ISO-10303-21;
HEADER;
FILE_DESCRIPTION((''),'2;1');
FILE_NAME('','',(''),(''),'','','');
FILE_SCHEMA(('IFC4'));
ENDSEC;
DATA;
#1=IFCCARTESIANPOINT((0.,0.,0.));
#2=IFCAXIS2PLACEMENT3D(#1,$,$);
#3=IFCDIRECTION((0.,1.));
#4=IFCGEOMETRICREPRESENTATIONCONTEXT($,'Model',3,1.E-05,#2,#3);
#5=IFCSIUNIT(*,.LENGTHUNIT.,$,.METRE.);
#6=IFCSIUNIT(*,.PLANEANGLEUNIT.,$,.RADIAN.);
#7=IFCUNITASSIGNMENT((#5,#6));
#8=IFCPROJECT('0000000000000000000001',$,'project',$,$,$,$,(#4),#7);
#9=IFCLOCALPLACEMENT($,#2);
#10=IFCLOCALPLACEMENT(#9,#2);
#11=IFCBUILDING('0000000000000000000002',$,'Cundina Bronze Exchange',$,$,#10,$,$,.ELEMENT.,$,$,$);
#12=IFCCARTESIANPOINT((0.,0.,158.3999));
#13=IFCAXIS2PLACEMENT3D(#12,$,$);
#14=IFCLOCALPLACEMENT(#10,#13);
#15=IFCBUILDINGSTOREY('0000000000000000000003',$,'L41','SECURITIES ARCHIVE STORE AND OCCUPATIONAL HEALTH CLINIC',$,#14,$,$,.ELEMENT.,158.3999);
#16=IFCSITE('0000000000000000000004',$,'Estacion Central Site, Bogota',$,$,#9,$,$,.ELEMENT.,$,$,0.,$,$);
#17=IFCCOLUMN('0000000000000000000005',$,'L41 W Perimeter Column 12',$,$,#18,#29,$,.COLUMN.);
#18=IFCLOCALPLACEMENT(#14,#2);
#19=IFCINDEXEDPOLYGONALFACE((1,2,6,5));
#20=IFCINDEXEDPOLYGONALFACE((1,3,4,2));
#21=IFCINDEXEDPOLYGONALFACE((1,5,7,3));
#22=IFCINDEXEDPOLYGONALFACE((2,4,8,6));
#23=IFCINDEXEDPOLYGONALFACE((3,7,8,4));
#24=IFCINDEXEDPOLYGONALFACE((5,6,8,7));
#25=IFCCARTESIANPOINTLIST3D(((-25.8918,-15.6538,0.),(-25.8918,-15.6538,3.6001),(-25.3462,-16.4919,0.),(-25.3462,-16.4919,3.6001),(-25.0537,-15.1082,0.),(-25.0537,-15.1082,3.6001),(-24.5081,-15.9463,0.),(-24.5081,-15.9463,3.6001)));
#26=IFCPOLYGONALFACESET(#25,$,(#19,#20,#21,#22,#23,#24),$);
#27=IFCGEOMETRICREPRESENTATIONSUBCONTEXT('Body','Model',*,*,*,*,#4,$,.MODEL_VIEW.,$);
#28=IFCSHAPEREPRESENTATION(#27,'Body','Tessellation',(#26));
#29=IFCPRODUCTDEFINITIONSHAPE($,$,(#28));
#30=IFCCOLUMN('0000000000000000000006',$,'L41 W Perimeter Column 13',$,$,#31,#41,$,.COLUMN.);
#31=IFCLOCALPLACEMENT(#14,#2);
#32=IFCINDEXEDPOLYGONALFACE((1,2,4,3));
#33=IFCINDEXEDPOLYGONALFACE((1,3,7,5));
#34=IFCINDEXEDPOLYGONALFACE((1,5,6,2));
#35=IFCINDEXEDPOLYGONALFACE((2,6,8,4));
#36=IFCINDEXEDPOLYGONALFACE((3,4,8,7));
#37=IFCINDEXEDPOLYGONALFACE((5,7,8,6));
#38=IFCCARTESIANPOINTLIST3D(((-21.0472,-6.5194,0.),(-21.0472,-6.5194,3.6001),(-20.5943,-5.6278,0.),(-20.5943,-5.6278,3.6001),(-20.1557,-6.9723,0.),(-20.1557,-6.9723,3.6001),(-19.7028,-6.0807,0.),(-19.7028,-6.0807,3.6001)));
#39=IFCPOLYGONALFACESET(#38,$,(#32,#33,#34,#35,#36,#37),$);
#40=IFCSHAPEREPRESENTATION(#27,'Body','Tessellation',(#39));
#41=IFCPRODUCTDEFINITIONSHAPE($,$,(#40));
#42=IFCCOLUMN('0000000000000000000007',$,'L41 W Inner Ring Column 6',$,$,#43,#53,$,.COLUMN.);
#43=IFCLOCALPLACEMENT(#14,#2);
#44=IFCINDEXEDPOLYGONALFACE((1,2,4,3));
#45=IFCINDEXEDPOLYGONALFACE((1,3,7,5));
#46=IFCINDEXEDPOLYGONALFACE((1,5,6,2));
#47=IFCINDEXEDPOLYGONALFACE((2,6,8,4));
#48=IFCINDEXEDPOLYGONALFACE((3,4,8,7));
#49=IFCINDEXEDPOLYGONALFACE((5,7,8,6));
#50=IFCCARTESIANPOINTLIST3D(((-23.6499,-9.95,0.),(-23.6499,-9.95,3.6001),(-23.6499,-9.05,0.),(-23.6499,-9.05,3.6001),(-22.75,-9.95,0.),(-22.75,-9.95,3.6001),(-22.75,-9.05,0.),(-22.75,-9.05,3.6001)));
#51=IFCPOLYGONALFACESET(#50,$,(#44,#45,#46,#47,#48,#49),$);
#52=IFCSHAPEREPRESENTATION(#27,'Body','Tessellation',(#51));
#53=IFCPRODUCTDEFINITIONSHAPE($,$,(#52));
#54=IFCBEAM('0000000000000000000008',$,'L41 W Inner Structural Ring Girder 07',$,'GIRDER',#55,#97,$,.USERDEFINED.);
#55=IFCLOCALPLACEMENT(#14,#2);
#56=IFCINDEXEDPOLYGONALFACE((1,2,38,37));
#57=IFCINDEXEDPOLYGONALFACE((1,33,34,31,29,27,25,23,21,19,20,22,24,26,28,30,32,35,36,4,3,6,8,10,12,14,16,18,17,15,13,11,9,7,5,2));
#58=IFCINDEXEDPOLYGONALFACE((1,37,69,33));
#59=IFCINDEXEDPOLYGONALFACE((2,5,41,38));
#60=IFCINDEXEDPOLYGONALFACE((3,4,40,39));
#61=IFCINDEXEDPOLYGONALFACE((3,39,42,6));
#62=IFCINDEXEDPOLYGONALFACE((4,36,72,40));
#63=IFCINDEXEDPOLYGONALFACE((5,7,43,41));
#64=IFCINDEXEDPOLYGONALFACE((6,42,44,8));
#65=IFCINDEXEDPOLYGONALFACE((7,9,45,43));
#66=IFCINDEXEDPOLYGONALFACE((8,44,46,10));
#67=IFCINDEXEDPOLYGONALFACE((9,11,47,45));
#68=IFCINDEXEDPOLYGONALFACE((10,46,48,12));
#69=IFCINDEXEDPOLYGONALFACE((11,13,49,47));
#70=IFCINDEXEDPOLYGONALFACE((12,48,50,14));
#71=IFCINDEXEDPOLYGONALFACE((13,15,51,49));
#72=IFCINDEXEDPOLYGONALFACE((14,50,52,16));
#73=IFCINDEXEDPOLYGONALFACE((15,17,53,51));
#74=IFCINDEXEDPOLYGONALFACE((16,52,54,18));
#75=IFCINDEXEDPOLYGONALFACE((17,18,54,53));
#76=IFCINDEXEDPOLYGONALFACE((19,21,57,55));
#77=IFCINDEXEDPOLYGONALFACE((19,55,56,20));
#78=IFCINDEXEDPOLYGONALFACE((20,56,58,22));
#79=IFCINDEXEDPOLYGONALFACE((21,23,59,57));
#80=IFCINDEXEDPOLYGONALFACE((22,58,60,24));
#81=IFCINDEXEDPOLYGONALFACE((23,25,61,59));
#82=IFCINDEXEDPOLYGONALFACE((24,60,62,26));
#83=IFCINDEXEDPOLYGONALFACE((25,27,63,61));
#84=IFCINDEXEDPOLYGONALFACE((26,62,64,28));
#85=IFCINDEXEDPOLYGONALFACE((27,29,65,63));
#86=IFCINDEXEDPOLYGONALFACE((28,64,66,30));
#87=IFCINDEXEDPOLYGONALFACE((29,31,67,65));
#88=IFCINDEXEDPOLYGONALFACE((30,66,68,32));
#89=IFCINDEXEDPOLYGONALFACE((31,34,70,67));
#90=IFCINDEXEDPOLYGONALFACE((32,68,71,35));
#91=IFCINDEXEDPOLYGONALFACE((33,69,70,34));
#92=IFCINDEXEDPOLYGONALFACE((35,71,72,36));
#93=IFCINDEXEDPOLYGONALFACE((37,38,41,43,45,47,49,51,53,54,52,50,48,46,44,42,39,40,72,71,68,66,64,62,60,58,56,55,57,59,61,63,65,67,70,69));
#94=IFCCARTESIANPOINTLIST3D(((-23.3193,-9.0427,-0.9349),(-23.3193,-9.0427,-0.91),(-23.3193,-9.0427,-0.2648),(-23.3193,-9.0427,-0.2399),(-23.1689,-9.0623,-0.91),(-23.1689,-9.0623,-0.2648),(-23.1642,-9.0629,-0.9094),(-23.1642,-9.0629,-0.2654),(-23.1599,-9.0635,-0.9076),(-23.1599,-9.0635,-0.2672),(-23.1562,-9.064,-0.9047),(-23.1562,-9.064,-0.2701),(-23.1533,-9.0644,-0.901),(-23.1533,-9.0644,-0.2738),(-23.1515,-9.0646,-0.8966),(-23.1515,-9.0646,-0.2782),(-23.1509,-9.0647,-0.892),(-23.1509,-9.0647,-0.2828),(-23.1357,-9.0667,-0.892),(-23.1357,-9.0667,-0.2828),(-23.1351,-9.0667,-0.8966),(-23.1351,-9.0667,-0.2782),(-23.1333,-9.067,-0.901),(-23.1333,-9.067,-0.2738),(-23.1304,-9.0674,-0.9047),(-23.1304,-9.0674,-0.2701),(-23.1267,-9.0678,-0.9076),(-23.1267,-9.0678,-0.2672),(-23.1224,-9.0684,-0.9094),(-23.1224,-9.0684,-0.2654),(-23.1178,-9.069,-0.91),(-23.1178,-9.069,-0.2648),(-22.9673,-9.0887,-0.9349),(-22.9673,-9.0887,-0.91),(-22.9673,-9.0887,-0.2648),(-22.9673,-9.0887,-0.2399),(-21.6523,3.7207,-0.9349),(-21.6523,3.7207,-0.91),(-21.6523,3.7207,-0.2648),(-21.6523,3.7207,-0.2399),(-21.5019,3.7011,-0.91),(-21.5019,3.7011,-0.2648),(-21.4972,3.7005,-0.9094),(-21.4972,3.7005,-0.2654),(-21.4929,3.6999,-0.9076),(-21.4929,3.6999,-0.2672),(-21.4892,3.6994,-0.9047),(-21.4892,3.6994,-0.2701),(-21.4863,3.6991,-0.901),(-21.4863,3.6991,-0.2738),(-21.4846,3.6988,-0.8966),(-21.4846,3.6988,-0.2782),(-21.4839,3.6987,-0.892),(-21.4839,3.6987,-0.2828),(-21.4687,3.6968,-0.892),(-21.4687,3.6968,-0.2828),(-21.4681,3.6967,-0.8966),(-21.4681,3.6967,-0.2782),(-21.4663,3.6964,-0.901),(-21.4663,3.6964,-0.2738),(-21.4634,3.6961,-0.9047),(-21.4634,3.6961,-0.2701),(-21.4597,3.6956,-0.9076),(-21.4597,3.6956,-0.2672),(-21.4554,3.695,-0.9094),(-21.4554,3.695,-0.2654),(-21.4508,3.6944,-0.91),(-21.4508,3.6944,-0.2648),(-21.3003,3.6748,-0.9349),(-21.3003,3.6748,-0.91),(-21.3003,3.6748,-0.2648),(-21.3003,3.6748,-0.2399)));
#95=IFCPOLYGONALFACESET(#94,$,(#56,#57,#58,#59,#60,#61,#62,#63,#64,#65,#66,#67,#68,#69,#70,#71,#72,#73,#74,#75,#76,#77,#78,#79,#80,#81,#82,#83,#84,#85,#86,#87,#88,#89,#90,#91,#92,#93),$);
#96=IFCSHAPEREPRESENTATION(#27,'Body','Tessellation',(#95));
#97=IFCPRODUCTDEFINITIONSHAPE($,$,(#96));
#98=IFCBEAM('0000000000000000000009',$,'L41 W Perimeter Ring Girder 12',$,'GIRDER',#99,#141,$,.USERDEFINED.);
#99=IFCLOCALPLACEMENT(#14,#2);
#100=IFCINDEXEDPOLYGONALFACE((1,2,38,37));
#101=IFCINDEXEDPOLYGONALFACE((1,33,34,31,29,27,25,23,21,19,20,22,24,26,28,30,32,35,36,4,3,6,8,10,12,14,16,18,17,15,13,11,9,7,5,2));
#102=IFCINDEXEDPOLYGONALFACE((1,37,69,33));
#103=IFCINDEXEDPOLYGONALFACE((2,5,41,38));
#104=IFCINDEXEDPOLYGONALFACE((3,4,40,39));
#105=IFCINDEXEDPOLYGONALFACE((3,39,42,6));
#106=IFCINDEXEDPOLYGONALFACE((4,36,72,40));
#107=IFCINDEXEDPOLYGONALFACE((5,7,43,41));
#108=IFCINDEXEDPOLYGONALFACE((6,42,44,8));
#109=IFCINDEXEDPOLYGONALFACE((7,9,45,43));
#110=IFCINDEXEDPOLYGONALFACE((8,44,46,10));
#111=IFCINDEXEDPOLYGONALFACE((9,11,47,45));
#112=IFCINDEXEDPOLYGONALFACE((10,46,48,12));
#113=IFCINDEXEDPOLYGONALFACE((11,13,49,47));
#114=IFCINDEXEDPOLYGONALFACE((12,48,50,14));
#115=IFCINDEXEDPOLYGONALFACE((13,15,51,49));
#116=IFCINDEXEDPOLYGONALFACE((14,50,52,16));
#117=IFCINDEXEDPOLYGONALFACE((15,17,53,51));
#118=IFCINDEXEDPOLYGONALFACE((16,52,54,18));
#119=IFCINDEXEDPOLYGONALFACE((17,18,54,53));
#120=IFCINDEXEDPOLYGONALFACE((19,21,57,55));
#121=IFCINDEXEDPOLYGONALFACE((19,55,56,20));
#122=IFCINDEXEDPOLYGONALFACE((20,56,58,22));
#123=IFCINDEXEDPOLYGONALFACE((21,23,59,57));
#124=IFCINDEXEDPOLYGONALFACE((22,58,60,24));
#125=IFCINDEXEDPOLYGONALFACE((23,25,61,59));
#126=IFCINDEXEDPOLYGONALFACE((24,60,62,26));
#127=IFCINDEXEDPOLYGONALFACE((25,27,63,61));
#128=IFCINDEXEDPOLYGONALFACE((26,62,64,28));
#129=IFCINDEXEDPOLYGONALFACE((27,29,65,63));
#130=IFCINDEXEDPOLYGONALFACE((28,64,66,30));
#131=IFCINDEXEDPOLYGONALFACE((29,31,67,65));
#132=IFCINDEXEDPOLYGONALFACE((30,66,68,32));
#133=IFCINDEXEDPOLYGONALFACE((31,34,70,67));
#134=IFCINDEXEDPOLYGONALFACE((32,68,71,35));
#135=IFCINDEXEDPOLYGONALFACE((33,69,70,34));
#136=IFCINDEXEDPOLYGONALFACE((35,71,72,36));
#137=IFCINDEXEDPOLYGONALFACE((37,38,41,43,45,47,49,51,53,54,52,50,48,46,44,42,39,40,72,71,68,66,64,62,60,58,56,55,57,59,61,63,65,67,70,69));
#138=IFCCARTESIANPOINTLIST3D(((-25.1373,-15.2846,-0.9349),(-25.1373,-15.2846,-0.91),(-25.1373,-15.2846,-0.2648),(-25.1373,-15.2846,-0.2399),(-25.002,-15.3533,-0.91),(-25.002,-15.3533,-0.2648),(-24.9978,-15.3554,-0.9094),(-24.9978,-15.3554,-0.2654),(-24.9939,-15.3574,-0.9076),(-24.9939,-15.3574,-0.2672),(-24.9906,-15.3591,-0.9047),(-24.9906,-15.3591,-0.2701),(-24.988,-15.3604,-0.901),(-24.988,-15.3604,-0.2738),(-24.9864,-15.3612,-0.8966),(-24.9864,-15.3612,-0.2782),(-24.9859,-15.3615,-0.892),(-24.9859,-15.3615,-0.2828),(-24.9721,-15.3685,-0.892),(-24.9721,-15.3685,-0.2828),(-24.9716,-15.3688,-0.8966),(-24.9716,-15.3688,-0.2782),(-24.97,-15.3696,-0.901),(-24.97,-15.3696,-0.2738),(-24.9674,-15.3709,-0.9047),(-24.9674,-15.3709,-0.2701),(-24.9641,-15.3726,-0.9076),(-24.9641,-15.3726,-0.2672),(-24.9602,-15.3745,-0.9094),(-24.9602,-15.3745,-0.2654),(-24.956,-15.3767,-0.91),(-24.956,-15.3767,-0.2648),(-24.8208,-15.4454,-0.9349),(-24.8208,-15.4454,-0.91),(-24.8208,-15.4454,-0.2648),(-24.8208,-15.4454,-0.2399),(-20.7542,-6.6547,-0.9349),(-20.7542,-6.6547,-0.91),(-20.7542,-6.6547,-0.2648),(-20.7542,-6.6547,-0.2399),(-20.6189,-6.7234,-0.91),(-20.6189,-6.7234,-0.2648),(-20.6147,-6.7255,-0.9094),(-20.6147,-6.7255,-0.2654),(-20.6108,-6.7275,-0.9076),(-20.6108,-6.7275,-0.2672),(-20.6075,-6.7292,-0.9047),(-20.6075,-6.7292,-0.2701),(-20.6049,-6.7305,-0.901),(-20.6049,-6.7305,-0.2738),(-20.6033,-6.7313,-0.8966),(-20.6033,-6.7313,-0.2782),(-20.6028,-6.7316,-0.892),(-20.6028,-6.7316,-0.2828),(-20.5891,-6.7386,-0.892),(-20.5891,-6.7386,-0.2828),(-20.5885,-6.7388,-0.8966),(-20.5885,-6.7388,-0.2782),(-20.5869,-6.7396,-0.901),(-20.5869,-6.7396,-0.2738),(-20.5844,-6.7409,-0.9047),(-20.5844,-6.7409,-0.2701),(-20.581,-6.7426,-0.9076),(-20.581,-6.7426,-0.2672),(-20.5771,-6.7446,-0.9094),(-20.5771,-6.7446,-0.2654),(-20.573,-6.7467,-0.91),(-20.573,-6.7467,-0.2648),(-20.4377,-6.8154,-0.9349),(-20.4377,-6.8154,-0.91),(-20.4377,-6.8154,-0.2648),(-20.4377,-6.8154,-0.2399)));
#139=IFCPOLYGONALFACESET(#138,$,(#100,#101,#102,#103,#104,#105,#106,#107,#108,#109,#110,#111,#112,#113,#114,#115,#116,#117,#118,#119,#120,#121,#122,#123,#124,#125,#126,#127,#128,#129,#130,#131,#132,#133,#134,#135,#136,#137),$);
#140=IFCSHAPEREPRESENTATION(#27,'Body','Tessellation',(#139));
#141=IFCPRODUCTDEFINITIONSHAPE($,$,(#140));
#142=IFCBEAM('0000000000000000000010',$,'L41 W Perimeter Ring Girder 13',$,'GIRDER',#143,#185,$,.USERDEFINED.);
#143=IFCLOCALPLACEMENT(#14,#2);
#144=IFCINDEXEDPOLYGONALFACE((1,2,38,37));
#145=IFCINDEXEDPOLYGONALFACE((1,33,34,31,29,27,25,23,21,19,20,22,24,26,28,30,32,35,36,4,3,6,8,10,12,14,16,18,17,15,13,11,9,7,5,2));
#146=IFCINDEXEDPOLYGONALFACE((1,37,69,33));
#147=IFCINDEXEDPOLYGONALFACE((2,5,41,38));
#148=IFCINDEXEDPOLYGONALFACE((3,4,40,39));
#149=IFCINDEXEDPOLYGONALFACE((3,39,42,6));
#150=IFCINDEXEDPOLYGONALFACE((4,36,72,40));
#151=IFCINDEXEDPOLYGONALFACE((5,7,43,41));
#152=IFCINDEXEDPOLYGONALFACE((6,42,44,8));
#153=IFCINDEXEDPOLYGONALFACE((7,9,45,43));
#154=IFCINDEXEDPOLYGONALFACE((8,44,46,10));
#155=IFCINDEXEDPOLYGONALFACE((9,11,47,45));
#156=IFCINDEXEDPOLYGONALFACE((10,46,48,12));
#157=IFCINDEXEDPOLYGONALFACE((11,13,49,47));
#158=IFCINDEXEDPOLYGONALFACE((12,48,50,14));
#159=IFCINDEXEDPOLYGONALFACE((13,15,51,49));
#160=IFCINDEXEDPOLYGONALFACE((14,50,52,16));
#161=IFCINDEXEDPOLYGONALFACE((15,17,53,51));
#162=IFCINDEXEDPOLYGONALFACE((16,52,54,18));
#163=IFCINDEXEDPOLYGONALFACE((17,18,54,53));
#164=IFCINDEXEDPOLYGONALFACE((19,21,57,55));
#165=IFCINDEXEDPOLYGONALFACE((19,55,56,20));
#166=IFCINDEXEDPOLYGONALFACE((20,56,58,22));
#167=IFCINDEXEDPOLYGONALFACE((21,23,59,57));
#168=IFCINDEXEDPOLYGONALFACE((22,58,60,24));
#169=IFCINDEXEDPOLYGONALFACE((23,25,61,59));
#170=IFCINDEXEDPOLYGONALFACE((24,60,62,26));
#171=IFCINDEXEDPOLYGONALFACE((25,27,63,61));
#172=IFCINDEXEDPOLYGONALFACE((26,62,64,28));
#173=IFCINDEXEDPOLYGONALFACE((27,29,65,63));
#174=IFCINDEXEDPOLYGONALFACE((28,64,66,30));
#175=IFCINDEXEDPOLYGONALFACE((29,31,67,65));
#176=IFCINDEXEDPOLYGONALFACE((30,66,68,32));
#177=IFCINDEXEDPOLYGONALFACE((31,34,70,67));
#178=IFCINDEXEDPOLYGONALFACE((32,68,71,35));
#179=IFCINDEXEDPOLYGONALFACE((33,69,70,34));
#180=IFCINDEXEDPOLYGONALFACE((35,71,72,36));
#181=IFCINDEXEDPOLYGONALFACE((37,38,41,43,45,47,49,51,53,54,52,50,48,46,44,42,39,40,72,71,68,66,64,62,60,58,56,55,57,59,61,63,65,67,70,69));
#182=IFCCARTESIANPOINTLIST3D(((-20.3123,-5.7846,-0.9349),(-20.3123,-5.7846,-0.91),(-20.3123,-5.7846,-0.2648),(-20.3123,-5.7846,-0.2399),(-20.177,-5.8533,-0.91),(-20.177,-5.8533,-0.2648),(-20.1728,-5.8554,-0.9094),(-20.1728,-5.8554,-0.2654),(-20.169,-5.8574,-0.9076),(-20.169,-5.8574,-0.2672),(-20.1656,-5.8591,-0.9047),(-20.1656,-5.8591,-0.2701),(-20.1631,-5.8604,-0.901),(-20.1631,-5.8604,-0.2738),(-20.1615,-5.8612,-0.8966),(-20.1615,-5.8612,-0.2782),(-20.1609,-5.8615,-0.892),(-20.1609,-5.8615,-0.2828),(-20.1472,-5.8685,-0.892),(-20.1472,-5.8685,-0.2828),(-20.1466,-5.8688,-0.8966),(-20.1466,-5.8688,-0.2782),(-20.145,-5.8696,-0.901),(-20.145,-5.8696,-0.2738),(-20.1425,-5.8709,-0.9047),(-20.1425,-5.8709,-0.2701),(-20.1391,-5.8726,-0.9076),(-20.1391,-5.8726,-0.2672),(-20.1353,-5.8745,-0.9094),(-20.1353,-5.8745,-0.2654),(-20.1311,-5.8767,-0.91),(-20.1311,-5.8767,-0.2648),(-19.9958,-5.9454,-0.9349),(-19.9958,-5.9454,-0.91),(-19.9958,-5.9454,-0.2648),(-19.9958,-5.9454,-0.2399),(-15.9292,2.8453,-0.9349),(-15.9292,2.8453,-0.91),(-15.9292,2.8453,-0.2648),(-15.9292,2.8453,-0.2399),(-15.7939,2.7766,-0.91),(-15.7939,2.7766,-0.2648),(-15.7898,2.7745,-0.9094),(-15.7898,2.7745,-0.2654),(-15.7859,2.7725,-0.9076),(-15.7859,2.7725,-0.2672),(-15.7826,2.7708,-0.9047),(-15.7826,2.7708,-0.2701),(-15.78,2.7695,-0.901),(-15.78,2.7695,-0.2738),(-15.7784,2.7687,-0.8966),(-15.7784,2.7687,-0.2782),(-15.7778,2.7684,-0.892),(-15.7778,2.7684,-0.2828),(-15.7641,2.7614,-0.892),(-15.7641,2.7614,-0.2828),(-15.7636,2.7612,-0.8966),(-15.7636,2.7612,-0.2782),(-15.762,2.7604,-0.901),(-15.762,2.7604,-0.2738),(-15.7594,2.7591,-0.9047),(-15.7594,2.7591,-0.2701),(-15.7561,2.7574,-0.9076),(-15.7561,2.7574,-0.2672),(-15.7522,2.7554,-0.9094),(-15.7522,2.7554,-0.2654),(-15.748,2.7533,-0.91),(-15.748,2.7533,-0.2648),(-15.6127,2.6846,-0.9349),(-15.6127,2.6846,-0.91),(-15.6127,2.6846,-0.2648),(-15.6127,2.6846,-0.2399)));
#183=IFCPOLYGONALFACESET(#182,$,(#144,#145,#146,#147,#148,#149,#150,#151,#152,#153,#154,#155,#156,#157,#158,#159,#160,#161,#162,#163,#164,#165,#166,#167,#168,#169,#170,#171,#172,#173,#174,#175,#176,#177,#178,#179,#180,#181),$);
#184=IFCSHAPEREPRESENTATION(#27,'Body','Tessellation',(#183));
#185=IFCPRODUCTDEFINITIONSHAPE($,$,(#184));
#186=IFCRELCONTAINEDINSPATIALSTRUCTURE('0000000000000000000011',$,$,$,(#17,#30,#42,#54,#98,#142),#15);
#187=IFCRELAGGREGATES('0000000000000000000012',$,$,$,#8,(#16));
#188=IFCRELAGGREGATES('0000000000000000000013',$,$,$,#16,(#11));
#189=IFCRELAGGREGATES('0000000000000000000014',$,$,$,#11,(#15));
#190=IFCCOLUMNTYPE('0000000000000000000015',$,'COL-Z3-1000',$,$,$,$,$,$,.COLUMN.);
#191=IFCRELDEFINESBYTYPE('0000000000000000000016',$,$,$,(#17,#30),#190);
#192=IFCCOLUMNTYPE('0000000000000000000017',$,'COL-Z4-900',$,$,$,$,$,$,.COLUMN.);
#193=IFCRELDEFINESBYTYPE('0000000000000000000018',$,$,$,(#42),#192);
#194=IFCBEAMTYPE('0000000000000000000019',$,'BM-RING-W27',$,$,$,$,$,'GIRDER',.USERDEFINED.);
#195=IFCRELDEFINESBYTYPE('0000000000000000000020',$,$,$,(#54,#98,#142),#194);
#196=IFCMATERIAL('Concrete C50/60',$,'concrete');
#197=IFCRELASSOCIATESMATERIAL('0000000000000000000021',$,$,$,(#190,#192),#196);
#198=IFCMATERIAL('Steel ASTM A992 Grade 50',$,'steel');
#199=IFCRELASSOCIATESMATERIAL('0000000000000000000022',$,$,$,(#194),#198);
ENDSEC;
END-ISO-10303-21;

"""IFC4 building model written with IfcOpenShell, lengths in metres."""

from ifc_helpers import new_model, si_unit, direction, frame, origin, origin_2d, place, context, subcontext, project, spatial, rectangle, i_section, extrude, material, material_profile, profile_set, type_object, element, save


model = new_model("IFC4")

# Units and contexts
model_context = context("Model", 3, precision=1e-05, world=origin(), true_north=direction((0.0, 1.0)))
body_context = subcontext(model_context, "Body", "Model", "MODEL_VIEW")
ifc_project = project(units=[si_unit("LENGTHUNIT", "METRE"), si_unit("PLANEANGLEUNIT", "RADIAN")], contexts=[model_context])

# Site, building, storey
site_placement = place(None, origin())
site = spatial("IfcSite", under=ifc_project, at=site_placement, Name="Estacion Central Site, Bogota", CompositionType="ELEMENT", RefElevation=0.0)
building_placement = place(site_placement, origin())
building = spatial("IfcBuilding", under=site, at=building_placement, Name="Cundina Bronze Exchange", CompositionType="ELEMENT")
storey_placement = place(building_placement, frame((0.0, 0.0, 158.3999)))
storey = spatial("IfcBuildingStorey", under=building, at=storey_placement, Name="L41", Description="SECURITIES ARCHIVE STORE AND OCCUPATIONAL HEALTH CLINIC", CompositionType="ELEMENT", Elevation=158.3999)

# Columns
ifc_material_1 = material(Name="Concrete C50/60", Category="concrete")
ifc_material_profile_1 = material_profile(ifc_material_1, rectangle(XDim=1.0, YDim=1.0, at=origin_2d()), Name="RC1000X1000", Category="concrete")
ifc_profile_set_1 = profile_set([ifc_material_profile_1], Name="Concrete C50/60")
column_type_1 = type_object("IfcColumnType", Name="COL-Z3-1000", PredefinedType="COLUMN", material=ifc_profile_set_1)
for number, where, z_axis, x_axis, name in (
    (1, (-25.2, -15.8, 0.0), (0.0, 0.0, 1.0), (0.8381, 0.545517, 0.0), "L41 W Perimeter Column 12"),
    (2, (-20.375, -6.3, 0.0), (0.0, 0.0, 1.0), (0.452902, 0.891561, 0.0), "L41 W Perimeter Column 13"),
):
    element("IfcColumn", number, at=place(storey_placement, frame(where, z_axis=z_axis, x_axis=x_axis)), inside=storey, type_object=column_type_1, Name=name, PredefinedType="COLUMN", context=body_context, shape_type="SweptSolid", body=[
        extrude(rectangle(XDim=1.0, YDim=1.0, at=origin_2d()), origin(), (0.0, 0.0, 1.0), 3.6001),
    ])
ifc_material_profile_2 = material_profile(ifc_material_1, rectangle(XDim=0.8999, YDim=0.8999, at=origin_2d()), Name="RC900X900", Category="concrete")
ifc_profile_set_2 = profile_set([ifc_material_profile_2], Name="Concrete C50/60")
column_type_2 = type_object("IfcColumnType", Name="COL-Z4-900", PredefinedType="COLUMN", material=ifc_profile_set_2)
column_placement = place(storey_placement, frame((-23.2, -9.5, 0.0), z_axis=(0.0, 0.0, 1.0), x_axis=(1.0, 0.0, 0.0)))
element("IfcColumn", 3, at=column_placement, inside=storey, type_object=column_type_2, Name="L41 W Inner Ring Column 6", PredefinedType="COLUMN", context=body_context, shape_type="SweptSolid", body=[
    extrude(rectangle(XDim=0.8999, YDim=0.8999, at=origin_2d()), origin(), (0.0, 0.0, 1.0), 3.6001),
])

# Beams
ifc_material_2 = material(Name="Steel ASTM A992 Grade 50", Category="steel")
ifc_material_profile_3 = material_profile(ifc_material_2, i_section(OverallWidth=0.355, OverallDepth=0.6951, WebThickness=0.0154, FlangeThickness=0.0249, FilletRadius=0.0181, at=origin_2d()), Name="W27X146", Category="steel")
ifc_profile_set_3 = profile_set([ifc_material_profile_3], Name="Steel ASTM A992 Grade 50")
beam_type = type_object("IfcBeamType", Name="BM-RING-W27", ElementType="GIRDER", PredefinedType="USERDEFINED", material=ifc_profile_set_3)
beam_placement = place(storey_placement, frame((-23.1433, -9.0657, -0.5874), z_axis=(0.129507, 0.991579, 0.0), x_axis=(-0.991579, 0.129507, 0.0)))
element("IfcBeam", 4, at=beam_placement, inside=storey, type_object=beam_type, Name="L41 W Inner Structural Ring Girder 07", ObjectType="GIRDER", PredefinedType="USERDEFINED", context=body_context, shape_type="SweptSolid", body=[
    extrude(i_section(OverallWidth=0.355, OverallDepth=0.6951, WebThickness=0.0154, FlangeThickness=0.0249, FilletRadius=0.0181, at=origin_2d()), origin(), (0.0, 0.0, 1.0), 12.8718),
])
for number, where, z_axis, x_axis, name in (
    (5, (-24.979, -15.365, -0.5874), (0.452835, 0.891595, 0.0), (-0.891595, 0.452835, 0.0), "L41 W Perimeter Ring Girder 12"),
    (6, (-20.1541, -5.865, -0.5874), (0.452835, 0.891595, 0.0), (-0.891595, 0.452835, 0.0), "L41 W Perimeter Ring Girder 13"),
):
    element("IfcBeam", number, at=place(storey_placement, frame(where, z_axis=z_axis, x_axis=x_axis)), inside=storey, type_object=beam_type, Name=name, ObjectType="GIRDER", PredefinedType="USERDEFINED", context=body_context, shape_type="SweptSolid", body=[
        extrude(i_section(OverallWidth=0.355, OverallDepth=0.6951, WebThickness=0.0154, FlangeThickness=0.0249, FilletRadius=0.0181, at=origin_2d()), origin(), (0.0, 0.0, 1.0), 9.6792),
    ])

save(model, "model.ifc")
